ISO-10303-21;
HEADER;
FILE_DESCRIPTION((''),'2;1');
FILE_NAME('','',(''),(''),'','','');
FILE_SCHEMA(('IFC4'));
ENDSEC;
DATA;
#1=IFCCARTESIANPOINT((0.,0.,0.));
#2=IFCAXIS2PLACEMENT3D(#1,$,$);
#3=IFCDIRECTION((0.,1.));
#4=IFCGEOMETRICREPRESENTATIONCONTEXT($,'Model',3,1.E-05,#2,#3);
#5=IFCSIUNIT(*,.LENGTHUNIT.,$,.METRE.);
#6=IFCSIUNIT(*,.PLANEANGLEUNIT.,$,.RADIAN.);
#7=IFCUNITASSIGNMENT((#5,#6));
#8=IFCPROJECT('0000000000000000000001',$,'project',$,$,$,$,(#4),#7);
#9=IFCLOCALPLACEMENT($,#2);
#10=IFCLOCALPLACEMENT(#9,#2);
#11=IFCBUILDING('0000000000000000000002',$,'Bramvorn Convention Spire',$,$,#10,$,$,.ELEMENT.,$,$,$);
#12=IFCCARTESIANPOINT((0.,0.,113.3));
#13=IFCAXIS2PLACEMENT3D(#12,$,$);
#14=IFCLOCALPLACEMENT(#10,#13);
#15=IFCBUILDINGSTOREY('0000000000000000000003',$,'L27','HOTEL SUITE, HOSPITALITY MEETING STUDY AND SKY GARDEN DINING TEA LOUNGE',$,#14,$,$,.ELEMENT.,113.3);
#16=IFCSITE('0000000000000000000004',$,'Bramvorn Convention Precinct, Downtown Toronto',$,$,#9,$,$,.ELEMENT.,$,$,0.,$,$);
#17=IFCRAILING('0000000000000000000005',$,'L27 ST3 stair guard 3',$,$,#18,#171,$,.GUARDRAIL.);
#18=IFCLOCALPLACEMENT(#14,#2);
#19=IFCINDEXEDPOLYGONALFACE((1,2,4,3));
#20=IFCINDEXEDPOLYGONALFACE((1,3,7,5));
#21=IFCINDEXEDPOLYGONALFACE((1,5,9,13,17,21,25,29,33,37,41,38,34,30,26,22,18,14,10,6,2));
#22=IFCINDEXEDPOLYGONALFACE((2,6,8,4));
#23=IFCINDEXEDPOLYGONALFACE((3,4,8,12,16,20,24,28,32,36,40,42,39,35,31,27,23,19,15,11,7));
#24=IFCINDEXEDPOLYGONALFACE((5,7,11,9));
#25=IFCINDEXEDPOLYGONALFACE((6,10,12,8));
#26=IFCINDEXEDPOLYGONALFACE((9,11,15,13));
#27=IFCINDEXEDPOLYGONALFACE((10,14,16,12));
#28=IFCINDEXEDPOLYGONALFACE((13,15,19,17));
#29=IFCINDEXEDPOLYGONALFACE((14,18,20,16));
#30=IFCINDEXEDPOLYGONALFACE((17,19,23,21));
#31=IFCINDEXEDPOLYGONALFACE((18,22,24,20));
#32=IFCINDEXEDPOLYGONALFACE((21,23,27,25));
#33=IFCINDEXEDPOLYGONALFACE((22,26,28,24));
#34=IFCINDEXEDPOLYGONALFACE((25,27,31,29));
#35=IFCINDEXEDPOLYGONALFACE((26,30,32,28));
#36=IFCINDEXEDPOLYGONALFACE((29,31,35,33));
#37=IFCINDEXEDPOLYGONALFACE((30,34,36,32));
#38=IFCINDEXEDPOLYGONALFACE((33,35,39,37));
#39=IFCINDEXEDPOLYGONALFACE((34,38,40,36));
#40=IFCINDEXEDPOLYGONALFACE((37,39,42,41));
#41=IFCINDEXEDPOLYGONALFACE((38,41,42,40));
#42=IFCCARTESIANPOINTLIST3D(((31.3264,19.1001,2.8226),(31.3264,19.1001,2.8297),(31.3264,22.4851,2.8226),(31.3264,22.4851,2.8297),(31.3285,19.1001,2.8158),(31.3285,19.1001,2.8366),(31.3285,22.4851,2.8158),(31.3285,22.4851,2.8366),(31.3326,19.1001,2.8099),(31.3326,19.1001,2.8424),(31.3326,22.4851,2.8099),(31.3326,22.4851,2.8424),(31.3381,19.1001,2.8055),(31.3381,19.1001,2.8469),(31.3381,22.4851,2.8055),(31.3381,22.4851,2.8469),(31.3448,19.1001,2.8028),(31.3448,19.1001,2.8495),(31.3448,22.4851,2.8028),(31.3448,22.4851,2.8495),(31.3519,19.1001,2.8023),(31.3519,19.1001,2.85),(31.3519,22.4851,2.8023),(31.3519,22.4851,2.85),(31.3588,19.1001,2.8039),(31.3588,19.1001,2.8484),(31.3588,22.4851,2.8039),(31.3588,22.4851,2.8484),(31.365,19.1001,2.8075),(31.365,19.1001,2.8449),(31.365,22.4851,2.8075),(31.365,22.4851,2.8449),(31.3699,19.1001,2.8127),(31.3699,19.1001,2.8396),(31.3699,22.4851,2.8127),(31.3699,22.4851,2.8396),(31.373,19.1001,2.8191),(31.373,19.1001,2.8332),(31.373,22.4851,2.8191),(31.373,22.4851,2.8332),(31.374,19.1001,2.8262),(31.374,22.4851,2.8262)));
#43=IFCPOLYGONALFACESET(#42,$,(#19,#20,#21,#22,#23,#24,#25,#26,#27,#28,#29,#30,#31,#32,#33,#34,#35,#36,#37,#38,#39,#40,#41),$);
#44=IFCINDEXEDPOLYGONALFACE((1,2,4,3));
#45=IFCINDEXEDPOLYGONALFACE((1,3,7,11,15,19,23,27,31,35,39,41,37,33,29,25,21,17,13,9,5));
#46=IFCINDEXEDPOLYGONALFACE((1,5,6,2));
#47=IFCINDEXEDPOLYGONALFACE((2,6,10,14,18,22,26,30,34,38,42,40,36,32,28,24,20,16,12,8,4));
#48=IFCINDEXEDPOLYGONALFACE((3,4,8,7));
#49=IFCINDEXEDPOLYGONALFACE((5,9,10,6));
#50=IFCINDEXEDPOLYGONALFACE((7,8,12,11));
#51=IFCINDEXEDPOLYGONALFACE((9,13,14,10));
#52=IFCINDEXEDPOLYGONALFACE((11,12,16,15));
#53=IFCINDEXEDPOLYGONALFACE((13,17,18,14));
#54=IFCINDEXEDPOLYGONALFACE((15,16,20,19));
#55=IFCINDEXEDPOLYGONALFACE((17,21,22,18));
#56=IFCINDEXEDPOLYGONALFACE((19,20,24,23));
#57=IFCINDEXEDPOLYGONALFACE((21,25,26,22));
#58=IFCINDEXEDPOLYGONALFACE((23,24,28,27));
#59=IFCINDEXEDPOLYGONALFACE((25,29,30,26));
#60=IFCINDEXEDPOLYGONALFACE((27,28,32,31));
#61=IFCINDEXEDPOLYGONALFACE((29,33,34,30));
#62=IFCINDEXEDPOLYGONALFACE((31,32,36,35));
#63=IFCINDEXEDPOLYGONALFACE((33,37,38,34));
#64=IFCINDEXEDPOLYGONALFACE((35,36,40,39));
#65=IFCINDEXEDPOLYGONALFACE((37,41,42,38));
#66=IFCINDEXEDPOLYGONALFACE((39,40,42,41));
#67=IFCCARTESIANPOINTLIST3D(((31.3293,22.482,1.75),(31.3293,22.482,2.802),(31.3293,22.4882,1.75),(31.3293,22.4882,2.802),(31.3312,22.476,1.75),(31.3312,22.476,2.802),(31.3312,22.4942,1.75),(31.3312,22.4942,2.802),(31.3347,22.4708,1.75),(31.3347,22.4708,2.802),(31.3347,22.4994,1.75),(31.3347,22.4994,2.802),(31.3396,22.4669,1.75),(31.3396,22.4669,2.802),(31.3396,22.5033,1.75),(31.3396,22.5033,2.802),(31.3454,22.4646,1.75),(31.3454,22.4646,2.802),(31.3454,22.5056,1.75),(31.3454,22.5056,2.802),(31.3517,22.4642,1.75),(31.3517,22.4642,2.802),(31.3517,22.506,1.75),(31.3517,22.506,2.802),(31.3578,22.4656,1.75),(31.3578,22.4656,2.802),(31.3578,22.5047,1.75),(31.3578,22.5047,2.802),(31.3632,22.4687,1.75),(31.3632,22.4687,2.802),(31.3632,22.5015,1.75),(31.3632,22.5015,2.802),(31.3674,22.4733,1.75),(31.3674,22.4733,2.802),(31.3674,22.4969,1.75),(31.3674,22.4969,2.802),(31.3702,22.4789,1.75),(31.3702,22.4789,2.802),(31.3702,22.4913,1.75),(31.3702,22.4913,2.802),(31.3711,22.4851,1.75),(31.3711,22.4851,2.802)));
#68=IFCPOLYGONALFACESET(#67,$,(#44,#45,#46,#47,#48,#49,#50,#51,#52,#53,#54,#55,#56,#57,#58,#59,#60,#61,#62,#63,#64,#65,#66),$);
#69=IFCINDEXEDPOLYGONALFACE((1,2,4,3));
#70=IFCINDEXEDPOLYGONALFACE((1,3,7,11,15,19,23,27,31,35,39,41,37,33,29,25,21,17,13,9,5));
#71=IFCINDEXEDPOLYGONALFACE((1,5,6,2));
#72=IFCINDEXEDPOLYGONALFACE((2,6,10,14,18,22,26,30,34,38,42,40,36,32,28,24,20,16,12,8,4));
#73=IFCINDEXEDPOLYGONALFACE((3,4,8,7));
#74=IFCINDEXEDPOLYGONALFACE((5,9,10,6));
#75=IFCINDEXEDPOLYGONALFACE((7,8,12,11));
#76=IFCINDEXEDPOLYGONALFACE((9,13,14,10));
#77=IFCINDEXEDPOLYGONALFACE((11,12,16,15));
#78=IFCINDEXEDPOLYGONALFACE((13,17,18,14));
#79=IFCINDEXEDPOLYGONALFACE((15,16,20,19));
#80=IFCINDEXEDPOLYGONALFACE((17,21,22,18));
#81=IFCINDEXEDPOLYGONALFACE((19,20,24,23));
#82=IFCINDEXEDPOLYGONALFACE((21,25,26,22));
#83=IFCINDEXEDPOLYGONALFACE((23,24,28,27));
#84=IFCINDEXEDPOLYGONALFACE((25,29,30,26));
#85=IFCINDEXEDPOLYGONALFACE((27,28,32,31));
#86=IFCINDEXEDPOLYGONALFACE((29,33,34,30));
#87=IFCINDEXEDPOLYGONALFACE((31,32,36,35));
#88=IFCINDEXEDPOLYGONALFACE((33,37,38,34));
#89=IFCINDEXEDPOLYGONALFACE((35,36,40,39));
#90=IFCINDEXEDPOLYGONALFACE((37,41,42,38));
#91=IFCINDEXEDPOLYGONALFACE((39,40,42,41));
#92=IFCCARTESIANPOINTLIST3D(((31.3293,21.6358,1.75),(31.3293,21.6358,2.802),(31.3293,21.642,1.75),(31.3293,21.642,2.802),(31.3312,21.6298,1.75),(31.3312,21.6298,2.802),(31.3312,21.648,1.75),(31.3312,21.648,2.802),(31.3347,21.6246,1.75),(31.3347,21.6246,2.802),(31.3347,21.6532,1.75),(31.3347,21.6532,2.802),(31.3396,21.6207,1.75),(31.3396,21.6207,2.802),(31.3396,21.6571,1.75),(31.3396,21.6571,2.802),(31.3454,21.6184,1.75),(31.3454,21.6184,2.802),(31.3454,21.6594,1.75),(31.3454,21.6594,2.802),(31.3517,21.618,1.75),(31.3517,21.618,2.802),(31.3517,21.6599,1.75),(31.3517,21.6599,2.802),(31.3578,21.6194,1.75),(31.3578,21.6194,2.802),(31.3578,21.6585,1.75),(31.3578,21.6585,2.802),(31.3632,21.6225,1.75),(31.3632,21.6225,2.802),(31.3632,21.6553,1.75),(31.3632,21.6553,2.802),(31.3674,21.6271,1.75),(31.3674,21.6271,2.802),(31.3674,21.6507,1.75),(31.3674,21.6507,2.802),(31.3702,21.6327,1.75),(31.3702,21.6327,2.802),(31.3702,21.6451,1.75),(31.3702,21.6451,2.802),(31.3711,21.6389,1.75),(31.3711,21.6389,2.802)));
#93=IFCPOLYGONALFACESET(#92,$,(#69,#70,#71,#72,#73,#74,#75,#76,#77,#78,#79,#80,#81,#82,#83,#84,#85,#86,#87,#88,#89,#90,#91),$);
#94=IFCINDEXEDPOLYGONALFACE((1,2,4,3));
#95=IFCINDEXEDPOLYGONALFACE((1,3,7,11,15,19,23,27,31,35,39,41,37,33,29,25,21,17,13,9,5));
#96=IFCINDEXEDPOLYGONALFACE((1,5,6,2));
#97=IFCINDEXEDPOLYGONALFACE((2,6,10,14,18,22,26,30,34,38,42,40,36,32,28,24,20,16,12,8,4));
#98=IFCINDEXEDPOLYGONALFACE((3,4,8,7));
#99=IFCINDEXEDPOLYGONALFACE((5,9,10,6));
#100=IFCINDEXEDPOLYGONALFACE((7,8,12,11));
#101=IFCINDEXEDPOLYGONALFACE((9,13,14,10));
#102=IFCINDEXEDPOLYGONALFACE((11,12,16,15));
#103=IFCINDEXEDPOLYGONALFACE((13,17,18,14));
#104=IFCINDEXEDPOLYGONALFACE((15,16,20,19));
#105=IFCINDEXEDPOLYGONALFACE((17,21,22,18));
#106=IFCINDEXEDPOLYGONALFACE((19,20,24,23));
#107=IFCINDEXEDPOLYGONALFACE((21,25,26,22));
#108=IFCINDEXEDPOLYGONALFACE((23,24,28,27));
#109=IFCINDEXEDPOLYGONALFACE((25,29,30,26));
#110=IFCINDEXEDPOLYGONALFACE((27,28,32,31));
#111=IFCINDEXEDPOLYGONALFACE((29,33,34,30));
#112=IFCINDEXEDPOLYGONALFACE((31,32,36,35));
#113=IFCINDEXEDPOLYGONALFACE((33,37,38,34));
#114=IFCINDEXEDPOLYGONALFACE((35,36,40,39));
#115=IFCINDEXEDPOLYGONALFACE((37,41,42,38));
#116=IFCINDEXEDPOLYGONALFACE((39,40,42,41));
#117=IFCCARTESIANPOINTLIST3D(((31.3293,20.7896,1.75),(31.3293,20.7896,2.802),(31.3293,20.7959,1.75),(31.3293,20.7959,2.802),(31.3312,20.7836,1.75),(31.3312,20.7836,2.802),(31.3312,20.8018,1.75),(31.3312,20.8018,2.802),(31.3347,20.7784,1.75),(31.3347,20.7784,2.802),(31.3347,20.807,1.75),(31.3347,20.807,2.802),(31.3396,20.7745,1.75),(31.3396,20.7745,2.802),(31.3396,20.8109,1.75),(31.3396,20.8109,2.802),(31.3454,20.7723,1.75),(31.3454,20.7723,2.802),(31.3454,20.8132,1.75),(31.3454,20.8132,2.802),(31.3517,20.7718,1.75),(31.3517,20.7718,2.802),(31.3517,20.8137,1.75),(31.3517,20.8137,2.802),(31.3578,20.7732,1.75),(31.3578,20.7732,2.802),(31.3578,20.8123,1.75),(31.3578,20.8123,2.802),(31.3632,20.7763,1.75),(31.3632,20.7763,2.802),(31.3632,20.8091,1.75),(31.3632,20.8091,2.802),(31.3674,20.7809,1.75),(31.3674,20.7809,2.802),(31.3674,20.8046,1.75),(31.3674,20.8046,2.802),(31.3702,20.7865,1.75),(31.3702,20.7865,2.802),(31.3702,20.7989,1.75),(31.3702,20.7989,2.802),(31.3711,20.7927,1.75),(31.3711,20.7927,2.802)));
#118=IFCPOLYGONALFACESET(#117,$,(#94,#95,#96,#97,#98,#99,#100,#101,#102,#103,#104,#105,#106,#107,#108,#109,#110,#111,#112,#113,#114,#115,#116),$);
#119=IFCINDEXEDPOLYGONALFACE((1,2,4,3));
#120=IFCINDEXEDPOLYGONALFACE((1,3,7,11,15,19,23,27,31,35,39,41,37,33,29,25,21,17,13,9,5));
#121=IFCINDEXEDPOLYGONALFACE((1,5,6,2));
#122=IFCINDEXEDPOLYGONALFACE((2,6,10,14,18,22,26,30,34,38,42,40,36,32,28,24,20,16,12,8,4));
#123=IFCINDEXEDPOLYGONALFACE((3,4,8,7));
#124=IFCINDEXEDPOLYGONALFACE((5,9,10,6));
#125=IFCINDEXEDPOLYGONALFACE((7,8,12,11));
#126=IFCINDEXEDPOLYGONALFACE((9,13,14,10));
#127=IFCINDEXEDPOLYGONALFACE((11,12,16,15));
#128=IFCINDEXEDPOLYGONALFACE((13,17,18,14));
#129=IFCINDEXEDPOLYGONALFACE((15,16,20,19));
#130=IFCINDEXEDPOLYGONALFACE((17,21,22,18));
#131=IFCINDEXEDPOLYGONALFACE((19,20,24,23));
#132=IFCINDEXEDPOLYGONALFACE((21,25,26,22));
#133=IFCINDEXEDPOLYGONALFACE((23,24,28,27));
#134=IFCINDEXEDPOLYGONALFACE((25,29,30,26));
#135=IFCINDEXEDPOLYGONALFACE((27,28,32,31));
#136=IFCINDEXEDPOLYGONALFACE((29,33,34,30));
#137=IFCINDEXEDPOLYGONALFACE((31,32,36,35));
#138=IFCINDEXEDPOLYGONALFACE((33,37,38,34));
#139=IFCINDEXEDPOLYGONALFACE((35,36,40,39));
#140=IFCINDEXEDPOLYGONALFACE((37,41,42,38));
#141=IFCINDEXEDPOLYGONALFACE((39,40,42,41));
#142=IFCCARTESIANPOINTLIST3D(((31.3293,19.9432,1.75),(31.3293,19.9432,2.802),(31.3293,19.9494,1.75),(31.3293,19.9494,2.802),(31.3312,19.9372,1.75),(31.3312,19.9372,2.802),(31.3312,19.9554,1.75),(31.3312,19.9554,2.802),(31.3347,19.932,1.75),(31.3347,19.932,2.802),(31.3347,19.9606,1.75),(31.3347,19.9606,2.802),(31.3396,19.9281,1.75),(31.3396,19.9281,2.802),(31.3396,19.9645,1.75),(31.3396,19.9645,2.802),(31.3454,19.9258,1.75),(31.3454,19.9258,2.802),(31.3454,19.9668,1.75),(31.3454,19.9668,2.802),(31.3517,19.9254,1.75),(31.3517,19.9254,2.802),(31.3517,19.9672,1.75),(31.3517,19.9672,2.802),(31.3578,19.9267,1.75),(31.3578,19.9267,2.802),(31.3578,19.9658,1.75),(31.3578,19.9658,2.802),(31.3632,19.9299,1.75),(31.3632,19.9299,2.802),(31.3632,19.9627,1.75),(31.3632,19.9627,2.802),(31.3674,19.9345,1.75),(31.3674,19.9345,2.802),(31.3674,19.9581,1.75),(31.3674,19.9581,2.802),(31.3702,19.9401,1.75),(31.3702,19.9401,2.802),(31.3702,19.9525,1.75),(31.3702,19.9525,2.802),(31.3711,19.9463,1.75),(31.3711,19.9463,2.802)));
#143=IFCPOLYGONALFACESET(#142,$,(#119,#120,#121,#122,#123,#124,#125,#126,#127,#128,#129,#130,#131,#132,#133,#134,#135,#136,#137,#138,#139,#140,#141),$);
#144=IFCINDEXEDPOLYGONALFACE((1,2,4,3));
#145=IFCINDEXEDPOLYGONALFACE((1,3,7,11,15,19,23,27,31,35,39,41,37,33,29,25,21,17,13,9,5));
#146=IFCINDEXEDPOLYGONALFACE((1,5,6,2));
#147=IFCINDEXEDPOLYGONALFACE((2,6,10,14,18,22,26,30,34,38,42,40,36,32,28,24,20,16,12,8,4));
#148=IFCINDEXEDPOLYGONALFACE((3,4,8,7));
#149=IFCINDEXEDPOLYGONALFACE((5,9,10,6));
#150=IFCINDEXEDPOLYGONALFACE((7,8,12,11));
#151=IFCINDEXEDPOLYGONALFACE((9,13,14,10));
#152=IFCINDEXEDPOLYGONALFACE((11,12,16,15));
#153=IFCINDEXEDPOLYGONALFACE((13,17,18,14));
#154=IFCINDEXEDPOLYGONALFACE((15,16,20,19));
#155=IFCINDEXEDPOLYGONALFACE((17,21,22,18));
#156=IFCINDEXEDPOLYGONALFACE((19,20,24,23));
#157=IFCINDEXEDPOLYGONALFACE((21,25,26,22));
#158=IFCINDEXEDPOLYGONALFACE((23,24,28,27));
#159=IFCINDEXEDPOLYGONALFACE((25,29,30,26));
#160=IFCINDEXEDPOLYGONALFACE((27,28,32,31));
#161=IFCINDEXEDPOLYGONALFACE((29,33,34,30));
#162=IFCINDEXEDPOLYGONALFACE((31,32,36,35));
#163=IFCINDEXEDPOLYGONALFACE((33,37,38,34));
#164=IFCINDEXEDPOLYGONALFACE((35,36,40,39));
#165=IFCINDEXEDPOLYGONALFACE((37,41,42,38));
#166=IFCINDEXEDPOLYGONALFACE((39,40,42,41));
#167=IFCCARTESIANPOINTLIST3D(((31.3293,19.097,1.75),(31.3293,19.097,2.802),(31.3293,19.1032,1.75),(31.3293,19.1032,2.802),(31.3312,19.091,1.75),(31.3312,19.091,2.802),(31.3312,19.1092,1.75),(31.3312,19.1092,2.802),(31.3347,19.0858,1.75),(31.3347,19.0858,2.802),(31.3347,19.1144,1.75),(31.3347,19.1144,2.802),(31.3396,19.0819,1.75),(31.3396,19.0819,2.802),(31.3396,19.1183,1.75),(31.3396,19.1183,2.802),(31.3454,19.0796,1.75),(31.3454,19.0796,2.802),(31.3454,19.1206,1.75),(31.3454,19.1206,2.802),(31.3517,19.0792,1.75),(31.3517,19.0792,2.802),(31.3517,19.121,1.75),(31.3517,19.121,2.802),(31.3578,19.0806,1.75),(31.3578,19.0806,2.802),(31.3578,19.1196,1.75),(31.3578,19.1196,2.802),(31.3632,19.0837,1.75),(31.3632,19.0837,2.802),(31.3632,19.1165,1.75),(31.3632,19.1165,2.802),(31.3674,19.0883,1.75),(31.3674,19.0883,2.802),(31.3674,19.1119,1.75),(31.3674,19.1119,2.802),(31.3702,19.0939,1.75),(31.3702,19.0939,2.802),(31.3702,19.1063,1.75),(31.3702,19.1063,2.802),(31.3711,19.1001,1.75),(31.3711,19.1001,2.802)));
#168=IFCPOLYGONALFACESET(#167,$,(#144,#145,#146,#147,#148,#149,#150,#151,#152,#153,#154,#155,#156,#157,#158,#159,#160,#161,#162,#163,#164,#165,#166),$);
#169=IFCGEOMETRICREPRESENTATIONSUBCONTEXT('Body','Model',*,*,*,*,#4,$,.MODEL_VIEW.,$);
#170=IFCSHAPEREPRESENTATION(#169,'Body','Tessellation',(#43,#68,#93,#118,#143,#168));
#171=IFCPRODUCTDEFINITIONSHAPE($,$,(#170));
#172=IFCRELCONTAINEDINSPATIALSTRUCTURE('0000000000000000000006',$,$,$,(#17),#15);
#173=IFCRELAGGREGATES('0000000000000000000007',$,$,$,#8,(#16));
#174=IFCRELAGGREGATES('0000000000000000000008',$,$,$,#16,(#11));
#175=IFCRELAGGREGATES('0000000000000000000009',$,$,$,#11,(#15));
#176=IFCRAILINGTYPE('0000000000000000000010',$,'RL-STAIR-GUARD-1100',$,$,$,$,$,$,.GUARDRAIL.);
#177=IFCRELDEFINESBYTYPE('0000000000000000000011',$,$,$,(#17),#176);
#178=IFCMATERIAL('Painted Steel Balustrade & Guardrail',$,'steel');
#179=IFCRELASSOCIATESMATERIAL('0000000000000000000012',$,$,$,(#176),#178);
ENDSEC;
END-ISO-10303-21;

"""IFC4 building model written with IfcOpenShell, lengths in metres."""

from ifc_helpers import new_model, si_unit, direction, frame, origin, origin_2d, place, context, subcontext, project, spatial, circle, extrude, material, type_object, element, save


model = new_model("IFC4")

# Units and contexts
model_context = context("Model", 3, precision=1e-05, world=origin(), true_north=direction((0.0, 1.0)))
body_context = subcontext(model_context, "Body", "Model", "MODEL_VIEW")
ifc_project = project(units=[si_unit("LENGTHUNIT", "METRE"), si_unit("PLANEANGLEUNIT", "RADIAN")], contexts=[model_context])

# Site, building, storey
site_placement = place(None, origin())
site = spatial("IfcSite", under=ifc_project, at=site_placement, Name="Bramvorn Convention Precinct, Downtown Toronto", CompositionType="ELEMENT", RefElevation=0.0)
building_placement = place(site_placement, origin())
building = spatial("IfcBuilding", under=site, at=building_placement, Name="Bramvorn Convention Spire", CompositionType="ELEMENT")
storey_placement = place(building_placement, frame((0.0, 0.0, 113.3)))
storey = spatial("IfcBuildingStorey", under=building, at=storey_placement, Name="L27", Description="HOTEL SUITE, HOSPITALITY MEETING STUDY AND SKY GARDEN DINING TEA LOUNGE", CompositionType="ELEMENT", Elevation=113.3)

# Railing
ifc_material_1 = material(Name="Painted Steel Balustrade & Guardrail", Category="steel")
railing_type_1 = type_object("IfcRailingType", Name="RL-STAIR-GUARD-1100", PredefinedType="GUARDRAIL", material=ifc_material_1)
railing_1_placement = place(storey_placement, frame((31.3501, 22.4851, 1.75)))
element("IfcRailing", 1, at=railing_1_placement, inside=storey, type_object=railing_type_1, Name="L27 ST3 stair guard 3", PredefinedType="GUARDRAIL", context=body_context, shape_type="SweptSolid", body=[
    extrude(circle(Radius=0.0239, at=origin_2d()), frame((0.0, 0.0, 1.0762), z_axis=(0.0, -1.0, 0.0), x_axis=(1.0, 0.0, 0.0)), (0.0, 0.0, 1.0), 3.385),
    extrude(circle(Radius=0.021, at=origin_2d()), origin(), (0.0, 0.0, 1.0), 1.052),
    extrude(circle(Radius=0.021, at=origin_2d()), frame((0.0, -0.8462, 0.0)), (0.0, 0.0, 1.0), 1.052),
    extrude(circle(Radius=0.021, at=origin_2d()), frame((0.0, -1.6924, 0.0)), (0.0, 0.0, 1.0), 1.052),
    extrude(circle(Radius=0.021, at=origin_2d()), frame((0.0, -2.5388, 0.0)), (0.0, 0.0, 1.0), 1.052),
    extrude(circle(Radius=0.021, at=origin_2d()), frame((0.0, -3.385, 0.0)), (0.0, 0.0, 1.0), 1.052),
])

save(model, "model.ifc")
